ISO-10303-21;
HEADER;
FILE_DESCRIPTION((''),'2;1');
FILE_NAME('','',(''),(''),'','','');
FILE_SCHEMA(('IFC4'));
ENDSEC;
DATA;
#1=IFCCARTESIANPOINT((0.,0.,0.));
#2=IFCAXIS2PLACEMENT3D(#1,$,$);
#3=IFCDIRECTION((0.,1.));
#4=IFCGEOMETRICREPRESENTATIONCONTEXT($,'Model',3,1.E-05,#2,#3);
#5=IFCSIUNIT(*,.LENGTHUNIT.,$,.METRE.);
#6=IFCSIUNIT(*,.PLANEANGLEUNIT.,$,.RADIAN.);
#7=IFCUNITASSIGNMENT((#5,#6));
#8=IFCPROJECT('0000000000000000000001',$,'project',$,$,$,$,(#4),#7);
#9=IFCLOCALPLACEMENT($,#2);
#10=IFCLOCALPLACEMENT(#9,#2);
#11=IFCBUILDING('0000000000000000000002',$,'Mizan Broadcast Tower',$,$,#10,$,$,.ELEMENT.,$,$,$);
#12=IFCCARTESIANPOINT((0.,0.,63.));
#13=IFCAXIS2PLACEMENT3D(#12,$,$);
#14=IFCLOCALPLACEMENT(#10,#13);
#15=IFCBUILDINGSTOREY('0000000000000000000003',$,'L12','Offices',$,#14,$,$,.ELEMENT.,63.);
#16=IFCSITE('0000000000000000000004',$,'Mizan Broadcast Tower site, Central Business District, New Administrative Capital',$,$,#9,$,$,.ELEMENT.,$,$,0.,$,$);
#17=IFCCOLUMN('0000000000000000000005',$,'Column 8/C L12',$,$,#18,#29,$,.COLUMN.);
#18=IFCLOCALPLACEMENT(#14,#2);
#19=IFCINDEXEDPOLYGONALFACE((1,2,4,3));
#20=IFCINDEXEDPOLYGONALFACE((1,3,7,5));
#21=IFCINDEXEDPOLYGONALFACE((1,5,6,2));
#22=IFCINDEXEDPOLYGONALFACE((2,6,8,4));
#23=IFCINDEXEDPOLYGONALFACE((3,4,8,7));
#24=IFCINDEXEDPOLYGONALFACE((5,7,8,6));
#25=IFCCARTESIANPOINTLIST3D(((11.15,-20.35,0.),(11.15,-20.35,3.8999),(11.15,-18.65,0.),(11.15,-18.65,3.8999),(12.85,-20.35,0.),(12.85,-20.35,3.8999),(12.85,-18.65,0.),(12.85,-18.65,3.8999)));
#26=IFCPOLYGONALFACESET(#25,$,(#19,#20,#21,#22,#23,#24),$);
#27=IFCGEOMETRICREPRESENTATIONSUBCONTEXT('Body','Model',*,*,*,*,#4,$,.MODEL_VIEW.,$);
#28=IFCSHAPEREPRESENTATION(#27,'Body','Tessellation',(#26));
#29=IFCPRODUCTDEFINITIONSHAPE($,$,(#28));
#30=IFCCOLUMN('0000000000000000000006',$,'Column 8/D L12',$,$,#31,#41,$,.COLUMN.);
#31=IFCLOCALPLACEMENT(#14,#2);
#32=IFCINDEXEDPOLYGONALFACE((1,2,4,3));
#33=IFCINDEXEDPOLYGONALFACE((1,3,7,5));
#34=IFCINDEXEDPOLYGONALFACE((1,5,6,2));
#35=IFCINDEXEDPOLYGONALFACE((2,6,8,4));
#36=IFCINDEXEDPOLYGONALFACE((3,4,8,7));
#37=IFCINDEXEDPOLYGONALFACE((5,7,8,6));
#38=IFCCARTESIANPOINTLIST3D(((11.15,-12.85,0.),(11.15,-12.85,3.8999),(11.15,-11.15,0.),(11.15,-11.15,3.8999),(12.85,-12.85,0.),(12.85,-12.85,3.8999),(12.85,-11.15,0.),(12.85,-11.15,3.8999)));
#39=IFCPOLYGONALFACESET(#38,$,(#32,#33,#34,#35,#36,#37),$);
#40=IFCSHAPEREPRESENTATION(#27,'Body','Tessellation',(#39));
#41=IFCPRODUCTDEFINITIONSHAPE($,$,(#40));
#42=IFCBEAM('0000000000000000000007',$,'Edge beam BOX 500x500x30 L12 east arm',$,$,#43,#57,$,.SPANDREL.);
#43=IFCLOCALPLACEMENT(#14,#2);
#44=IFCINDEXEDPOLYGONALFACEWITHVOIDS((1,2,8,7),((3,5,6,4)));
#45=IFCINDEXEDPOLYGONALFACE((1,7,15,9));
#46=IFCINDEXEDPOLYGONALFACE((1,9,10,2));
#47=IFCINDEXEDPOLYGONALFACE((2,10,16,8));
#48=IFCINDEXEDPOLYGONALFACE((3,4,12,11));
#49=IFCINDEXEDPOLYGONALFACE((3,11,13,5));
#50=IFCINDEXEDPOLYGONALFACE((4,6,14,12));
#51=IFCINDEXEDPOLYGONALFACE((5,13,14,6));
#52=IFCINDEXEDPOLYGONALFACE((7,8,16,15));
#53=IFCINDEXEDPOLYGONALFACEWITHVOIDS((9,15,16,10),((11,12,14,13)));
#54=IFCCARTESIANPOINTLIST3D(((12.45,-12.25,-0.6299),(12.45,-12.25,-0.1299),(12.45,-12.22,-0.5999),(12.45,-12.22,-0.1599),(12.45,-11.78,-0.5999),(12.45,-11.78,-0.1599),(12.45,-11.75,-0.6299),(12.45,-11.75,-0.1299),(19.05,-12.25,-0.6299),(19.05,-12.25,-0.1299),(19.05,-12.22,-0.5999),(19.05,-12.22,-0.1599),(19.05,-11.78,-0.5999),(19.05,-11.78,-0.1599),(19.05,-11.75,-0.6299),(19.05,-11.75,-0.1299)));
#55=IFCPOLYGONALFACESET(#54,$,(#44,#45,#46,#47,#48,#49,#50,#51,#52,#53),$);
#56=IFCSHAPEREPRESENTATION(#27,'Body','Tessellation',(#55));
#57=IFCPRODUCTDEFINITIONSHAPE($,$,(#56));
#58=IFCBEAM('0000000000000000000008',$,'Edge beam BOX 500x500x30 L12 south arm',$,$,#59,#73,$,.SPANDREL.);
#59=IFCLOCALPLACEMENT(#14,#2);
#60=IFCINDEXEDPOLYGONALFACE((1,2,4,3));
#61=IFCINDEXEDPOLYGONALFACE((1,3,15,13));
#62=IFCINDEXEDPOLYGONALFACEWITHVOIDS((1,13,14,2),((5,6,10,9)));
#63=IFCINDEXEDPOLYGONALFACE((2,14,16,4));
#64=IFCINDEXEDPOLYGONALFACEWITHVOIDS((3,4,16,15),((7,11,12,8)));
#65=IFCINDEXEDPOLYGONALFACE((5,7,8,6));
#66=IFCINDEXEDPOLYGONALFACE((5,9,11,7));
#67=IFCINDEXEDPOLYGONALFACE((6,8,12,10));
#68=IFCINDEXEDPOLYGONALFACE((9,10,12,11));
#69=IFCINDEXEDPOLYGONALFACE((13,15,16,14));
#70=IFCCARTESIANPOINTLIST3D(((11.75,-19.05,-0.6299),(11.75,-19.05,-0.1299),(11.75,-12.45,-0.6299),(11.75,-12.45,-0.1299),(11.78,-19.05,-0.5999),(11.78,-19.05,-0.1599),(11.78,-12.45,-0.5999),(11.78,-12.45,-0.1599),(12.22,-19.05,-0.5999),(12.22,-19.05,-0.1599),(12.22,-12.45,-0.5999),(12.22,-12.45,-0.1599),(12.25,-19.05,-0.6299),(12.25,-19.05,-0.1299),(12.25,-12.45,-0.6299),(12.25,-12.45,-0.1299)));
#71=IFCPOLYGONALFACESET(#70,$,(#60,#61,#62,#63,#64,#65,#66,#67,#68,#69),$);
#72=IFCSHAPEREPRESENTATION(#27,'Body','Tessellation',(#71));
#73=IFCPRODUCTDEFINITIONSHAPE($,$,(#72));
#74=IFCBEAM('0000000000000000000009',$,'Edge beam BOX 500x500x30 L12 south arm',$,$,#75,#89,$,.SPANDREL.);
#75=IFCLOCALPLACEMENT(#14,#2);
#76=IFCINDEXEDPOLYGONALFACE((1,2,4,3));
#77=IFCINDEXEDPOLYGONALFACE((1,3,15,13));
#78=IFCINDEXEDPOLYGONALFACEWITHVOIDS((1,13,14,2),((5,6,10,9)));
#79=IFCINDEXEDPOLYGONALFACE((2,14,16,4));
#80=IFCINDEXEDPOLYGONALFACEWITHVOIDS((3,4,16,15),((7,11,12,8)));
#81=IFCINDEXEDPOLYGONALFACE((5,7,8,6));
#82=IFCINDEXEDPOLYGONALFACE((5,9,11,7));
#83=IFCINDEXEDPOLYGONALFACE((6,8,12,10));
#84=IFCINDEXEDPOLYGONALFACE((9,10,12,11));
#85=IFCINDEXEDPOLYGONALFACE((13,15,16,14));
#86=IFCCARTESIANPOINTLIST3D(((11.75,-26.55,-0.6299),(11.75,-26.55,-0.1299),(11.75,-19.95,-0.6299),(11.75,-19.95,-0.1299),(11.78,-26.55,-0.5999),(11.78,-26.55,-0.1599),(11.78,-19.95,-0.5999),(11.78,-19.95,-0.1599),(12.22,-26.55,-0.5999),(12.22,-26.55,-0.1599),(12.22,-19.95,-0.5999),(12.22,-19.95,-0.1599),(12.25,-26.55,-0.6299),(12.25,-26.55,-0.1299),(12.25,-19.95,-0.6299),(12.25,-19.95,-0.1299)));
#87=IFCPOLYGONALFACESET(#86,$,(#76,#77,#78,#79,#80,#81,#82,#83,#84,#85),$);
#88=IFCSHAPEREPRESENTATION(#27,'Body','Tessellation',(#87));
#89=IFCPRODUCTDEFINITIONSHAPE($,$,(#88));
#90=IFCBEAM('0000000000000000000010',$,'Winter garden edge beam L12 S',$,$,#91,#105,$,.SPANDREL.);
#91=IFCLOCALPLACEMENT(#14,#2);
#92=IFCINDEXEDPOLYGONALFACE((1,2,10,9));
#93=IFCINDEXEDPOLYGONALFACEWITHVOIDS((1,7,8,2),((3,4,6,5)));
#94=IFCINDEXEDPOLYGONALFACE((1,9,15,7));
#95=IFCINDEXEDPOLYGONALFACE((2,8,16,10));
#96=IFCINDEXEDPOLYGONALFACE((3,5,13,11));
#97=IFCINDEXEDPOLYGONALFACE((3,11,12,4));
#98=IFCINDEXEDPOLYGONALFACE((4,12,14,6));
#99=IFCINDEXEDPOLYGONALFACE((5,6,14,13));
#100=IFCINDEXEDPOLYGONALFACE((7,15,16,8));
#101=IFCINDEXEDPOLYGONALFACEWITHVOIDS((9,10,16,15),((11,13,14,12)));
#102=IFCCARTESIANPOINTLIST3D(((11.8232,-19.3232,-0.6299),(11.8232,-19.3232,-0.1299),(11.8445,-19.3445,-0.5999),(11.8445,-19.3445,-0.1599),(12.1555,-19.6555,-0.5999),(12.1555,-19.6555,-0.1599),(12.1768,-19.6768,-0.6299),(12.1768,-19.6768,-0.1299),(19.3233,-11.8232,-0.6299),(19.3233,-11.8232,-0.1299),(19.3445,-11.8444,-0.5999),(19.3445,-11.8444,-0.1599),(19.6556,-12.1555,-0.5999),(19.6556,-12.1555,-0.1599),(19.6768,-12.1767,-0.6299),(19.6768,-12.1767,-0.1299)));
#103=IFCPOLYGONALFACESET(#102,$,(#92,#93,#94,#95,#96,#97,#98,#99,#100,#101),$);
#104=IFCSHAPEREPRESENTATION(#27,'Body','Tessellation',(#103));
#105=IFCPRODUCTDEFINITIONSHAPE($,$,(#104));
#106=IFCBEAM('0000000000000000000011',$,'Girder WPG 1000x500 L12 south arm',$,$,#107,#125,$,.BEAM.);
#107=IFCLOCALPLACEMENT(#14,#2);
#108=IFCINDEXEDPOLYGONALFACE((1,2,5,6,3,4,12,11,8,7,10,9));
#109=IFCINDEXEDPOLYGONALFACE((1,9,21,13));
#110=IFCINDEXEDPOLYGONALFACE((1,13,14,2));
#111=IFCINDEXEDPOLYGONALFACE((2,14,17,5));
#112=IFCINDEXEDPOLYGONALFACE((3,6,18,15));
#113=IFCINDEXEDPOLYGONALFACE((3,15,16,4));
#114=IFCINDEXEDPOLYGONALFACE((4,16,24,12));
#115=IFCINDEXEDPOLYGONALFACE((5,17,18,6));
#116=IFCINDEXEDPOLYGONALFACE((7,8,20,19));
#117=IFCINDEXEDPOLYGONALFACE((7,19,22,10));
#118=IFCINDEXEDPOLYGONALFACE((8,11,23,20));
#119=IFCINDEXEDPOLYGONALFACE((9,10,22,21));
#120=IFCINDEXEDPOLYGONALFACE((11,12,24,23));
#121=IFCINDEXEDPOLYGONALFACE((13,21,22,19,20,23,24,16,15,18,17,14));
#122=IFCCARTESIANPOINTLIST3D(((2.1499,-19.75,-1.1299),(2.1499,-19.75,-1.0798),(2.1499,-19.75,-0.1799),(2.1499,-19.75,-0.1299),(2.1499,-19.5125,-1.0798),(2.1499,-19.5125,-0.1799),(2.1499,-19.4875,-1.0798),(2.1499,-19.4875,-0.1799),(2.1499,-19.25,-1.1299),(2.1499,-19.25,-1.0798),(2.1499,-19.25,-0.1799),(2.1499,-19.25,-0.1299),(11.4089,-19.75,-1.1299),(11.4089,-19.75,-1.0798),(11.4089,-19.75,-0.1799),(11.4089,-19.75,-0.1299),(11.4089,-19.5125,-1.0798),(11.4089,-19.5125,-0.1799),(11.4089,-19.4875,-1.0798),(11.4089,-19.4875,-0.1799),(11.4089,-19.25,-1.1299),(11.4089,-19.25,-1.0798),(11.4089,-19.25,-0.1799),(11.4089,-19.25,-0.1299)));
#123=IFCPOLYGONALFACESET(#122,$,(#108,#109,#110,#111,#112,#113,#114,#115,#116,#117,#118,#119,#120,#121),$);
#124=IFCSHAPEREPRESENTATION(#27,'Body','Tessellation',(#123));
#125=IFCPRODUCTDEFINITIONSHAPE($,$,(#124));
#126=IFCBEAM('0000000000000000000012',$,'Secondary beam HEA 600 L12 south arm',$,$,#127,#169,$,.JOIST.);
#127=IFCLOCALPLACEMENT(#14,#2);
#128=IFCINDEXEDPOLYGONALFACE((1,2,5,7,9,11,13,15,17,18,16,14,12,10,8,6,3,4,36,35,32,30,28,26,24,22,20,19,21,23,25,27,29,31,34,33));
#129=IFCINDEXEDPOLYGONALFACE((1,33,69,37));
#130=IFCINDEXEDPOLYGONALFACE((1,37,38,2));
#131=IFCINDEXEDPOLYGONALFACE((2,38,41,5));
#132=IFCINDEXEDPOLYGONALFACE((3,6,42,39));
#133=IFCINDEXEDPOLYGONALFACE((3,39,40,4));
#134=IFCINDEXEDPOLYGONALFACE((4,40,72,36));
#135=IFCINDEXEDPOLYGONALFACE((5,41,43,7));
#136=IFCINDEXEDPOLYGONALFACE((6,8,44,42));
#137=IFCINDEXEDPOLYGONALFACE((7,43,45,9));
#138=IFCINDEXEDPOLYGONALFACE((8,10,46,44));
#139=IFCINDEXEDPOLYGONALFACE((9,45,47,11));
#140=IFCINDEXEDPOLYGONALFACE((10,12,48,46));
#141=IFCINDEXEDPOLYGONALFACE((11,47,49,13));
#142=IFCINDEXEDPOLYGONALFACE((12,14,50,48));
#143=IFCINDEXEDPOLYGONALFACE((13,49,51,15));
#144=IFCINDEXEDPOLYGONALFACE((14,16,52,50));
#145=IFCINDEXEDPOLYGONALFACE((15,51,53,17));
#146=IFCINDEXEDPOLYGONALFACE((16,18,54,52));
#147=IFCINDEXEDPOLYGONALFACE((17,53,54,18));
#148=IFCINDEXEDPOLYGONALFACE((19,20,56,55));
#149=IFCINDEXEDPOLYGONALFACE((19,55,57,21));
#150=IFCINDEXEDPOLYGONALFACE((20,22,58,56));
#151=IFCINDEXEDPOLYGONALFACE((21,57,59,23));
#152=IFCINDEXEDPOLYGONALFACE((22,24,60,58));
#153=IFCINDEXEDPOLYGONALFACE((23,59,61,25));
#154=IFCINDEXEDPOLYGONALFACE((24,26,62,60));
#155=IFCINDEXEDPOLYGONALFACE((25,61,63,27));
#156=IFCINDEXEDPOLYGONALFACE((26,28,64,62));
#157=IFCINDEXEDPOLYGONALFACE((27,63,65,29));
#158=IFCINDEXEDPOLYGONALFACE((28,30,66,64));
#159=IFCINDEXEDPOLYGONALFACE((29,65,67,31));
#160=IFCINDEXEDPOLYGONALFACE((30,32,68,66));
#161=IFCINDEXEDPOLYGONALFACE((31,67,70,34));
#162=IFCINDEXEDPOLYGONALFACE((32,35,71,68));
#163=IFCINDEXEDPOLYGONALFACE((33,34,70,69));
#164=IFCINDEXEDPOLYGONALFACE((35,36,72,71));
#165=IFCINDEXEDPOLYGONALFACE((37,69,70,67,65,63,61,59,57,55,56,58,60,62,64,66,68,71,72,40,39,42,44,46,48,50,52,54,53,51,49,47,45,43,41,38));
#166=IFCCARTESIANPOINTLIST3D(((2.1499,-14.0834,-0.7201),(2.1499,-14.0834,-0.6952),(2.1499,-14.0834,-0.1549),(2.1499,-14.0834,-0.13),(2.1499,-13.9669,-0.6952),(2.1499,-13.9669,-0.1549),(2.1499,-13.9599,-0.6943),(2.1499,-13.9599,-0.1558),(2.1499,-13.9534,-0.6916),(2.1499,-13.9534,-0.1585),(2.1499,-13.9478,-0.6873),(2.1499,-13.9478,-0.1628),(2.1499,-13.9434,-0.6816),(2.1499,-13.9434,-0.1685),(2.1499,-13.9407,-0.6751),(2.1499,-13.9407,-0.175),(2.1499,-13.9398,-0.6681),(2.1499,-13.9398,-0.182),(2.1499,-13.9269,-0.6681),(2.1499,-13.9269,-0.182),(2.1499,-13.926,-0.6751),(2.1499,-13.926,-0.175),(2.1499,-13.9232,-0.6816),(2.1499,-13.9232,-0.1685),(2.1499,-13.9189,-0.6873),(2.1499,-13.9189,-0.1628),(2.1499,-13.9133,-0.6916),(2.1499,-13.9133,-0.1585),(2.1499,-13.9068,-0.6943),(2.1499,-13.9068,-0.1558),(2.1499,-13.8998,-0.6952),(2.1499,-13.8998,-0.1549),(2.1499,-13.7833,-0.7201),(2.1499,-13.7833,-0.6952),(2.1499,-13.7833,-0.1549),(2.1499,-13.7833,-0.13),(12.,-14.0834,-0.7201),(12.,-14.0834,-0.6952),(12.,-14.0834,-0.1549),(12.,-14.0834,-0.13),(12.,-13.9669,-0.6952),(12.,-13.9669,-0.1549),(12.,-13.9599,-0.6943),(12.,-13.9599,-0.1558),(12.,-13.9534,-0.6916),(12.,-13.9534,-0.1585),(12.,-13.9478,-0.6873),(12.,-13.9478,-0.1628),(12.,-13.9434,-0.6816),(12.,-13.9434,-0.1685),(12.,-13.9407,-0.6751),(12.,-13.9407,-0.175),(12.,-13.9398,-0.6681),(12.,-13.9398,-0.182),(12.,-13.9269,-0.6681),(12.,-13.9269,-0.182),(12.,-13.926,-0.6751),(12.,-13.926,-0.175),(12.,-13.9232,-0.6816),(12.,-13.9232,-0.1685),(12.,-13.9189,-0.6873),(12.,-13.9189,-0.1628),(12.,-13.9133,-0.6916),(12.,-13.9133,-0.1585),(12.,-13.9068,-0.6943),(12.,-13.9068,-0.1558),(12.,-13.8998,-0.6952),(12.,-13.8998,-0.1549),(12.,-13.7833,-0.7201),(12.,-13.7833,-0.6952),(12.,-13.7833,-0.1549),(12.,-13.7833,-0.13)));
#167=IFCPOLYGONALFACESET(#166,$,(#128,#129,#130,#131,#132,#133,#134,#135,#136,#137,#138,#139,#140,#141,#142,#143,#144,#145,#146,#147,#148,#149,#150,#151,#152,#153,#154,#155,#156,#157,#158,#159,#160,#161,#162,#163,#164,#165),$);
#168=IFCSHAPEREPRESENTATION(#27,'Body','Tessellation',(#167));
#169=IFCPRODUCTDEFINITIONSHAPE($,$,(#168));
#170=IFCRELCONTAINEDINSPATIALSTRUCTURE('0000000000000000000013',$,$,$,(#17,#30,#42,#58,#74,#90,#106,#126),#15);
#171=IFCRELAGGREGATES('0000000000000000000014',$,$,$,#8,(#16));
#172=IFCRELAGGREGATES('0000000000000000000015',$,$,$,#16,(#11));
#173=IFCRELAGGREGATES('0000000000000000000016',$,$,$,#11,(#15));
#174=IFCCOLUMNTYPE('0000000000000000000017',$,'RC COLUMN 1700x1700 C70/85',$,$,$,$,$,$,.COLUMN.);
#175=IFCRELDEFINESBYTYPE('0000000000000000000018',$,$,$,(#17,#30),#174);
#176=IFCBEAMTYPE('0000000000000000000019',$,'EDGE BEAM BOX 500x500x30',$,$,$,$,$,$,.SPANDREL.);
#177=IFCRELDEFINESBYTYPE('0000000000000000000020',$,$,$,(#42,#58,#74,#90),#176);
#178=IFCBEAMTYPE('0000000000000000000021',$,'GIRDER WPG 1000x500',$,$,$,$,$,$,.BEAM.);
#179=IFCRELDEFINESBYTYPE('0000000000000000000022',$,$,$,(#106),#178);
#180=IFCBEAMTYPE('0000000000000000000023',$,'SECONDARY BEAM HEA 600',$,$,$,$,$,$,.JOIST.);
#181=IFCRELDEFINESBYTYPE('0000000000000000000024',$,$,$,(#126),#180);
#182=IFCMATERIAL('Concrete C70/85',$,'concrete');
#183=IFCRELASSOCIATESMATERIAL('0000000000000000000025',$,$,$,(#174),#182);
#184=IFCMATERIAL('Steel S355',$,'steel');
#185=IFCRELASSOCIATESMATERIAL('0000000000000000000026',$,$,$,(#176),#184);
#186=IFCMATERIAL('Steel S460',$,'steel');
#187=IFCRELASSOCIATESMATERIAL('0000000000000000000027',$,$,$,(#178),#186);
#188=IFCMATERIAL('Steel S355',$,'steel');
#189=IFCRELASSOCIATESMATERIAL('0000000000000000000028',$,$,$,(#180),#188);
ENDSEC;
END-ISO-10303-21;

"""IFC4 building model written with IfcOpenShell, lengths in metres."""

from ifc_helpers import new_model, si_unit, direction, frame, origin, origin_2d, place, context, subcontext, project, spatial, rectangle, hollow_rectangle, i_section, extrude, material, material_profile, profile_set, type_object, element, save


model = new_model("IFC4")

# Units and contexts
model_context = context("Model", 3, precision=1e-05, world=origin(), true_north=direction((0.0, 1.0)))
body_context = subcontext(model_context, "Body", "Model", "MODEL_VIEW")
ifc_project = project(units=[si_unit("LENGTHUNIT", "METRE"), si_unit("PLANEANGLEUNIT", "RADIAN")], contexts=[model_context])

# Site, building, storey
site_placement = place(None, origin())
site = spatial("IfcSite", under=ifc_project, at=site_placement, Name="Mizan Broadcast Tower site, Central Business District, New Administrative Capital", CompositionType="ELEMENT", RefElevation=0.0)
building_placement = place(site_placement, origin())
building = spatial("IfcBuilding", under=site, at=building_placement, Name="Mizan Broadcast Tower", CompositionType="ELEMENT")
storey_placement = place(building_placement, frame((0.0, 0.0, 63.0)))
storey = spatial("IfcBuildingStorey", under=building, at=storey_placement, Name="L12", Description="Offices", CompositionType="ELEMENT", Elevation=63.0)

# Columns
ifc_material_1 = material(Name="Concrete C70/85", Category="concrete")
ifc_material_profile_1 = material_profile(ifc_material_1, rectangle(XDim=1.7, YDim=1.7, at=origin_2d()), Name="RC 1700x1700")
ifc_profile_set_1 = profile_set([ifc_material_profile_1], Name="Concrete C70/85")
column_type = type_object("IfcColumnType", Name="RC COLUMN 1700x1700 C70/85", PredefinedType="COLUMN", material=ifc_profile_set_1)
for number, where, z_axis, x_axis, name in (
    (1, (12.0, -19.5, 0.0), (0.0, 0.0, 1.0), (1.0, 0.0, 0.0), "Column 8/C L12"),
    (2, (12.0, -12.0, 0.0), (0.0, 0.0, 1.0), (1.0, 0.0, 0.0), "Column 8/D L12"),
):
    element("IfcColumn", number, at=place(storey_placement, frame(where, z_axis=z_axis, x_axis=x_axis)), inside=storey, type_object=column_type, Name=name, PredefinedType="COLUMN", context=body_context, shape_type="SweptSolid", body=[
        extrude(rectangle(XDim=1.7, YDim=1.7, at=origin_2d()), origin(), (0.0, 0.0, 1.0), 3.8999),
    ])

# Beams
ifc_material_2 = material(Name="Steel S355", Category="steel")
ifc_material_profile_2 = material_profile(ifc_material_2, hollow_rectangle(XDim=0.5, YDim=0.5, WallThickness=0.03, at=origin_2d()), Name="BOX 500x500x30")
ifc_profile_set_2 = profile_set([ifc_material_profile_2], Name="Steel S355")
beam_type_1 = type_object("IfcBeamType", Name="EDGE BEAM BOX 500x500x30", PredefinedType="SPANDREL", material=ifc_profile_set_2)
for number, where, z_axis, x_axis, name in (
    (3, (12.45, -12.0, -0.3799), (1.0, 0.0, 0.0), (0.0, 1.0, 0.0), "Edge beam BOX 500x500x30 L12 east arm"),
    (4, (12.0, -12.45, -0.3799), (0.0, -1.0, 0.0), (1.0, 0.0, 0.0), "Edge beam BOX 500x500x30 L12 south arm"),
    (5, (12.0, -19.95, -0.3799), (0.0, -1.0, 0.0), (1.0, 0.0, 0.0), "Edge beam BOX 500x500x30 L12 south arm"),
):
    element("IfcBeam", number, at=place(storey_placement, frame(where, z_axis=z_axis, x_axis=x_axis)), inside=storey, type_object=beam_type_1, Name=name, PredefinedType="SPANDREL", context=body_context, shape_type="SweptSolid", body=[
        extrude(hollow_rectangle(XDim=0.5, YDim=0.5, WallThickness=0.03, at=origin_2d()), origin(), (0.0, 0.0, 1.0), 6.6001),
    ])
beam_1_placement = place(storey_placement, frame((12.0, -19.5, -0.3799), z_axis=(0.707107, 0.707107, 0.0), x_axis=(-0.707107, 0.707107, 0.0)))
element("IfcBeam", 6, at=beam_1_placement, inside=storey, type_object=beam_type_1, Name="Winter garden edge beam L12 S", PredefinedType="SPANDREL", context=body_context, shape_type="SweptSolid", body=[
    extrude(hollow_rectangle(XDim=0.5, YDim=0.5, WallThickness=0.03, at=origin_2d()), origin(), (0.0, 0.0, 1.0), 10.6067),
])
ifc_material_3 = material(Name="Steel S460", Category="steel")
ifc_material_profile_3 = material_profile(ifc_material_3, i_section(OverallWidth=0.5, OverallDepth=1.0, WebThickness=0.0249, FlangeThickness=0.05, at=origin_2d()), Name="WPG 1000x500")
ifc_profile_set_3 = profile_set([ifc_material_profile_3], Name="Steel S460")
beam_type_2 = type_object("IfcBeamType", Name="GIRDER WPG 1000x500", PredefinedType="BEAM", material=ifc_profile_set_3)
beam_2_placement = place(storey_placement, frame((11.4089, -19.5, -0.6299), z_axis=(-1.0, 0.0, 0.0), x_axis=(0.0, -1.0, 0.0)))
element("IfcBeam", 7, at=beam_2_placement, inside=storey, type_object=beam_type_2, Name="Girder WPG 1000x500 L12 south arm", PredefinedType="BEAM", context=body_context, shape_type="SweptSolid", body=[
    extrude(i_section(OverallWidth=0.5, OverallDepth=1.0, WebThickness=0.0249, FlangeThickness=0.05, at=origin_2d()), origin(), (0.0, 0.0, 1.0), 9.259),
])
ifc_material_4 = material(Name="Steel S355", Category="steel")
ifc_material_profile_4 = material_profile(ifc_material_4, i_section(OverallWidth=0.3, OverallDepth=0.5901, WebThickness=0.0129, FlangeThickness=0.0249, FilletRadius=0.0271, at=origin_2d()), Name="HEA 600")
ifc_profile_set_4 = profile_set([ifc_material_profile_4], Name="Steel S355")
beam_type_3 = type_object("IfcBeamType", Name="SECONDARY BEAM HEA 600", PredefinedType="JOIST", material=ifc_profile_set_4)
for number, where, z_axis, x_axis, name in (
    (8, (12.0, -13.9333, -0.425), (-1.0, 0.0, 0.0), (0.0, -1.0, 0.0), "Secondary beam HEA 600 L12 south arm"),
):
    element("IfcBeam", number, at=place(storey_placement, frame(where, z_axis=z_axis, x_axis=x_axis)), inside=storey, type_object=beam_type_3, Name=name, PredefinedType="JOIST", context=body_context, shape_type="SweptSolid", body=[
        extrude(i_section(OverallWidth=0.3, OverallDepth=0.5901, WebThickness=0.0129, FlangeThickness=0.0249, FilletRadius=0.0271, at=origin_2d()), origin(), (0.0, 0.0, 1.0), 9.8501),
    ])

save(model, "model.ifc")
